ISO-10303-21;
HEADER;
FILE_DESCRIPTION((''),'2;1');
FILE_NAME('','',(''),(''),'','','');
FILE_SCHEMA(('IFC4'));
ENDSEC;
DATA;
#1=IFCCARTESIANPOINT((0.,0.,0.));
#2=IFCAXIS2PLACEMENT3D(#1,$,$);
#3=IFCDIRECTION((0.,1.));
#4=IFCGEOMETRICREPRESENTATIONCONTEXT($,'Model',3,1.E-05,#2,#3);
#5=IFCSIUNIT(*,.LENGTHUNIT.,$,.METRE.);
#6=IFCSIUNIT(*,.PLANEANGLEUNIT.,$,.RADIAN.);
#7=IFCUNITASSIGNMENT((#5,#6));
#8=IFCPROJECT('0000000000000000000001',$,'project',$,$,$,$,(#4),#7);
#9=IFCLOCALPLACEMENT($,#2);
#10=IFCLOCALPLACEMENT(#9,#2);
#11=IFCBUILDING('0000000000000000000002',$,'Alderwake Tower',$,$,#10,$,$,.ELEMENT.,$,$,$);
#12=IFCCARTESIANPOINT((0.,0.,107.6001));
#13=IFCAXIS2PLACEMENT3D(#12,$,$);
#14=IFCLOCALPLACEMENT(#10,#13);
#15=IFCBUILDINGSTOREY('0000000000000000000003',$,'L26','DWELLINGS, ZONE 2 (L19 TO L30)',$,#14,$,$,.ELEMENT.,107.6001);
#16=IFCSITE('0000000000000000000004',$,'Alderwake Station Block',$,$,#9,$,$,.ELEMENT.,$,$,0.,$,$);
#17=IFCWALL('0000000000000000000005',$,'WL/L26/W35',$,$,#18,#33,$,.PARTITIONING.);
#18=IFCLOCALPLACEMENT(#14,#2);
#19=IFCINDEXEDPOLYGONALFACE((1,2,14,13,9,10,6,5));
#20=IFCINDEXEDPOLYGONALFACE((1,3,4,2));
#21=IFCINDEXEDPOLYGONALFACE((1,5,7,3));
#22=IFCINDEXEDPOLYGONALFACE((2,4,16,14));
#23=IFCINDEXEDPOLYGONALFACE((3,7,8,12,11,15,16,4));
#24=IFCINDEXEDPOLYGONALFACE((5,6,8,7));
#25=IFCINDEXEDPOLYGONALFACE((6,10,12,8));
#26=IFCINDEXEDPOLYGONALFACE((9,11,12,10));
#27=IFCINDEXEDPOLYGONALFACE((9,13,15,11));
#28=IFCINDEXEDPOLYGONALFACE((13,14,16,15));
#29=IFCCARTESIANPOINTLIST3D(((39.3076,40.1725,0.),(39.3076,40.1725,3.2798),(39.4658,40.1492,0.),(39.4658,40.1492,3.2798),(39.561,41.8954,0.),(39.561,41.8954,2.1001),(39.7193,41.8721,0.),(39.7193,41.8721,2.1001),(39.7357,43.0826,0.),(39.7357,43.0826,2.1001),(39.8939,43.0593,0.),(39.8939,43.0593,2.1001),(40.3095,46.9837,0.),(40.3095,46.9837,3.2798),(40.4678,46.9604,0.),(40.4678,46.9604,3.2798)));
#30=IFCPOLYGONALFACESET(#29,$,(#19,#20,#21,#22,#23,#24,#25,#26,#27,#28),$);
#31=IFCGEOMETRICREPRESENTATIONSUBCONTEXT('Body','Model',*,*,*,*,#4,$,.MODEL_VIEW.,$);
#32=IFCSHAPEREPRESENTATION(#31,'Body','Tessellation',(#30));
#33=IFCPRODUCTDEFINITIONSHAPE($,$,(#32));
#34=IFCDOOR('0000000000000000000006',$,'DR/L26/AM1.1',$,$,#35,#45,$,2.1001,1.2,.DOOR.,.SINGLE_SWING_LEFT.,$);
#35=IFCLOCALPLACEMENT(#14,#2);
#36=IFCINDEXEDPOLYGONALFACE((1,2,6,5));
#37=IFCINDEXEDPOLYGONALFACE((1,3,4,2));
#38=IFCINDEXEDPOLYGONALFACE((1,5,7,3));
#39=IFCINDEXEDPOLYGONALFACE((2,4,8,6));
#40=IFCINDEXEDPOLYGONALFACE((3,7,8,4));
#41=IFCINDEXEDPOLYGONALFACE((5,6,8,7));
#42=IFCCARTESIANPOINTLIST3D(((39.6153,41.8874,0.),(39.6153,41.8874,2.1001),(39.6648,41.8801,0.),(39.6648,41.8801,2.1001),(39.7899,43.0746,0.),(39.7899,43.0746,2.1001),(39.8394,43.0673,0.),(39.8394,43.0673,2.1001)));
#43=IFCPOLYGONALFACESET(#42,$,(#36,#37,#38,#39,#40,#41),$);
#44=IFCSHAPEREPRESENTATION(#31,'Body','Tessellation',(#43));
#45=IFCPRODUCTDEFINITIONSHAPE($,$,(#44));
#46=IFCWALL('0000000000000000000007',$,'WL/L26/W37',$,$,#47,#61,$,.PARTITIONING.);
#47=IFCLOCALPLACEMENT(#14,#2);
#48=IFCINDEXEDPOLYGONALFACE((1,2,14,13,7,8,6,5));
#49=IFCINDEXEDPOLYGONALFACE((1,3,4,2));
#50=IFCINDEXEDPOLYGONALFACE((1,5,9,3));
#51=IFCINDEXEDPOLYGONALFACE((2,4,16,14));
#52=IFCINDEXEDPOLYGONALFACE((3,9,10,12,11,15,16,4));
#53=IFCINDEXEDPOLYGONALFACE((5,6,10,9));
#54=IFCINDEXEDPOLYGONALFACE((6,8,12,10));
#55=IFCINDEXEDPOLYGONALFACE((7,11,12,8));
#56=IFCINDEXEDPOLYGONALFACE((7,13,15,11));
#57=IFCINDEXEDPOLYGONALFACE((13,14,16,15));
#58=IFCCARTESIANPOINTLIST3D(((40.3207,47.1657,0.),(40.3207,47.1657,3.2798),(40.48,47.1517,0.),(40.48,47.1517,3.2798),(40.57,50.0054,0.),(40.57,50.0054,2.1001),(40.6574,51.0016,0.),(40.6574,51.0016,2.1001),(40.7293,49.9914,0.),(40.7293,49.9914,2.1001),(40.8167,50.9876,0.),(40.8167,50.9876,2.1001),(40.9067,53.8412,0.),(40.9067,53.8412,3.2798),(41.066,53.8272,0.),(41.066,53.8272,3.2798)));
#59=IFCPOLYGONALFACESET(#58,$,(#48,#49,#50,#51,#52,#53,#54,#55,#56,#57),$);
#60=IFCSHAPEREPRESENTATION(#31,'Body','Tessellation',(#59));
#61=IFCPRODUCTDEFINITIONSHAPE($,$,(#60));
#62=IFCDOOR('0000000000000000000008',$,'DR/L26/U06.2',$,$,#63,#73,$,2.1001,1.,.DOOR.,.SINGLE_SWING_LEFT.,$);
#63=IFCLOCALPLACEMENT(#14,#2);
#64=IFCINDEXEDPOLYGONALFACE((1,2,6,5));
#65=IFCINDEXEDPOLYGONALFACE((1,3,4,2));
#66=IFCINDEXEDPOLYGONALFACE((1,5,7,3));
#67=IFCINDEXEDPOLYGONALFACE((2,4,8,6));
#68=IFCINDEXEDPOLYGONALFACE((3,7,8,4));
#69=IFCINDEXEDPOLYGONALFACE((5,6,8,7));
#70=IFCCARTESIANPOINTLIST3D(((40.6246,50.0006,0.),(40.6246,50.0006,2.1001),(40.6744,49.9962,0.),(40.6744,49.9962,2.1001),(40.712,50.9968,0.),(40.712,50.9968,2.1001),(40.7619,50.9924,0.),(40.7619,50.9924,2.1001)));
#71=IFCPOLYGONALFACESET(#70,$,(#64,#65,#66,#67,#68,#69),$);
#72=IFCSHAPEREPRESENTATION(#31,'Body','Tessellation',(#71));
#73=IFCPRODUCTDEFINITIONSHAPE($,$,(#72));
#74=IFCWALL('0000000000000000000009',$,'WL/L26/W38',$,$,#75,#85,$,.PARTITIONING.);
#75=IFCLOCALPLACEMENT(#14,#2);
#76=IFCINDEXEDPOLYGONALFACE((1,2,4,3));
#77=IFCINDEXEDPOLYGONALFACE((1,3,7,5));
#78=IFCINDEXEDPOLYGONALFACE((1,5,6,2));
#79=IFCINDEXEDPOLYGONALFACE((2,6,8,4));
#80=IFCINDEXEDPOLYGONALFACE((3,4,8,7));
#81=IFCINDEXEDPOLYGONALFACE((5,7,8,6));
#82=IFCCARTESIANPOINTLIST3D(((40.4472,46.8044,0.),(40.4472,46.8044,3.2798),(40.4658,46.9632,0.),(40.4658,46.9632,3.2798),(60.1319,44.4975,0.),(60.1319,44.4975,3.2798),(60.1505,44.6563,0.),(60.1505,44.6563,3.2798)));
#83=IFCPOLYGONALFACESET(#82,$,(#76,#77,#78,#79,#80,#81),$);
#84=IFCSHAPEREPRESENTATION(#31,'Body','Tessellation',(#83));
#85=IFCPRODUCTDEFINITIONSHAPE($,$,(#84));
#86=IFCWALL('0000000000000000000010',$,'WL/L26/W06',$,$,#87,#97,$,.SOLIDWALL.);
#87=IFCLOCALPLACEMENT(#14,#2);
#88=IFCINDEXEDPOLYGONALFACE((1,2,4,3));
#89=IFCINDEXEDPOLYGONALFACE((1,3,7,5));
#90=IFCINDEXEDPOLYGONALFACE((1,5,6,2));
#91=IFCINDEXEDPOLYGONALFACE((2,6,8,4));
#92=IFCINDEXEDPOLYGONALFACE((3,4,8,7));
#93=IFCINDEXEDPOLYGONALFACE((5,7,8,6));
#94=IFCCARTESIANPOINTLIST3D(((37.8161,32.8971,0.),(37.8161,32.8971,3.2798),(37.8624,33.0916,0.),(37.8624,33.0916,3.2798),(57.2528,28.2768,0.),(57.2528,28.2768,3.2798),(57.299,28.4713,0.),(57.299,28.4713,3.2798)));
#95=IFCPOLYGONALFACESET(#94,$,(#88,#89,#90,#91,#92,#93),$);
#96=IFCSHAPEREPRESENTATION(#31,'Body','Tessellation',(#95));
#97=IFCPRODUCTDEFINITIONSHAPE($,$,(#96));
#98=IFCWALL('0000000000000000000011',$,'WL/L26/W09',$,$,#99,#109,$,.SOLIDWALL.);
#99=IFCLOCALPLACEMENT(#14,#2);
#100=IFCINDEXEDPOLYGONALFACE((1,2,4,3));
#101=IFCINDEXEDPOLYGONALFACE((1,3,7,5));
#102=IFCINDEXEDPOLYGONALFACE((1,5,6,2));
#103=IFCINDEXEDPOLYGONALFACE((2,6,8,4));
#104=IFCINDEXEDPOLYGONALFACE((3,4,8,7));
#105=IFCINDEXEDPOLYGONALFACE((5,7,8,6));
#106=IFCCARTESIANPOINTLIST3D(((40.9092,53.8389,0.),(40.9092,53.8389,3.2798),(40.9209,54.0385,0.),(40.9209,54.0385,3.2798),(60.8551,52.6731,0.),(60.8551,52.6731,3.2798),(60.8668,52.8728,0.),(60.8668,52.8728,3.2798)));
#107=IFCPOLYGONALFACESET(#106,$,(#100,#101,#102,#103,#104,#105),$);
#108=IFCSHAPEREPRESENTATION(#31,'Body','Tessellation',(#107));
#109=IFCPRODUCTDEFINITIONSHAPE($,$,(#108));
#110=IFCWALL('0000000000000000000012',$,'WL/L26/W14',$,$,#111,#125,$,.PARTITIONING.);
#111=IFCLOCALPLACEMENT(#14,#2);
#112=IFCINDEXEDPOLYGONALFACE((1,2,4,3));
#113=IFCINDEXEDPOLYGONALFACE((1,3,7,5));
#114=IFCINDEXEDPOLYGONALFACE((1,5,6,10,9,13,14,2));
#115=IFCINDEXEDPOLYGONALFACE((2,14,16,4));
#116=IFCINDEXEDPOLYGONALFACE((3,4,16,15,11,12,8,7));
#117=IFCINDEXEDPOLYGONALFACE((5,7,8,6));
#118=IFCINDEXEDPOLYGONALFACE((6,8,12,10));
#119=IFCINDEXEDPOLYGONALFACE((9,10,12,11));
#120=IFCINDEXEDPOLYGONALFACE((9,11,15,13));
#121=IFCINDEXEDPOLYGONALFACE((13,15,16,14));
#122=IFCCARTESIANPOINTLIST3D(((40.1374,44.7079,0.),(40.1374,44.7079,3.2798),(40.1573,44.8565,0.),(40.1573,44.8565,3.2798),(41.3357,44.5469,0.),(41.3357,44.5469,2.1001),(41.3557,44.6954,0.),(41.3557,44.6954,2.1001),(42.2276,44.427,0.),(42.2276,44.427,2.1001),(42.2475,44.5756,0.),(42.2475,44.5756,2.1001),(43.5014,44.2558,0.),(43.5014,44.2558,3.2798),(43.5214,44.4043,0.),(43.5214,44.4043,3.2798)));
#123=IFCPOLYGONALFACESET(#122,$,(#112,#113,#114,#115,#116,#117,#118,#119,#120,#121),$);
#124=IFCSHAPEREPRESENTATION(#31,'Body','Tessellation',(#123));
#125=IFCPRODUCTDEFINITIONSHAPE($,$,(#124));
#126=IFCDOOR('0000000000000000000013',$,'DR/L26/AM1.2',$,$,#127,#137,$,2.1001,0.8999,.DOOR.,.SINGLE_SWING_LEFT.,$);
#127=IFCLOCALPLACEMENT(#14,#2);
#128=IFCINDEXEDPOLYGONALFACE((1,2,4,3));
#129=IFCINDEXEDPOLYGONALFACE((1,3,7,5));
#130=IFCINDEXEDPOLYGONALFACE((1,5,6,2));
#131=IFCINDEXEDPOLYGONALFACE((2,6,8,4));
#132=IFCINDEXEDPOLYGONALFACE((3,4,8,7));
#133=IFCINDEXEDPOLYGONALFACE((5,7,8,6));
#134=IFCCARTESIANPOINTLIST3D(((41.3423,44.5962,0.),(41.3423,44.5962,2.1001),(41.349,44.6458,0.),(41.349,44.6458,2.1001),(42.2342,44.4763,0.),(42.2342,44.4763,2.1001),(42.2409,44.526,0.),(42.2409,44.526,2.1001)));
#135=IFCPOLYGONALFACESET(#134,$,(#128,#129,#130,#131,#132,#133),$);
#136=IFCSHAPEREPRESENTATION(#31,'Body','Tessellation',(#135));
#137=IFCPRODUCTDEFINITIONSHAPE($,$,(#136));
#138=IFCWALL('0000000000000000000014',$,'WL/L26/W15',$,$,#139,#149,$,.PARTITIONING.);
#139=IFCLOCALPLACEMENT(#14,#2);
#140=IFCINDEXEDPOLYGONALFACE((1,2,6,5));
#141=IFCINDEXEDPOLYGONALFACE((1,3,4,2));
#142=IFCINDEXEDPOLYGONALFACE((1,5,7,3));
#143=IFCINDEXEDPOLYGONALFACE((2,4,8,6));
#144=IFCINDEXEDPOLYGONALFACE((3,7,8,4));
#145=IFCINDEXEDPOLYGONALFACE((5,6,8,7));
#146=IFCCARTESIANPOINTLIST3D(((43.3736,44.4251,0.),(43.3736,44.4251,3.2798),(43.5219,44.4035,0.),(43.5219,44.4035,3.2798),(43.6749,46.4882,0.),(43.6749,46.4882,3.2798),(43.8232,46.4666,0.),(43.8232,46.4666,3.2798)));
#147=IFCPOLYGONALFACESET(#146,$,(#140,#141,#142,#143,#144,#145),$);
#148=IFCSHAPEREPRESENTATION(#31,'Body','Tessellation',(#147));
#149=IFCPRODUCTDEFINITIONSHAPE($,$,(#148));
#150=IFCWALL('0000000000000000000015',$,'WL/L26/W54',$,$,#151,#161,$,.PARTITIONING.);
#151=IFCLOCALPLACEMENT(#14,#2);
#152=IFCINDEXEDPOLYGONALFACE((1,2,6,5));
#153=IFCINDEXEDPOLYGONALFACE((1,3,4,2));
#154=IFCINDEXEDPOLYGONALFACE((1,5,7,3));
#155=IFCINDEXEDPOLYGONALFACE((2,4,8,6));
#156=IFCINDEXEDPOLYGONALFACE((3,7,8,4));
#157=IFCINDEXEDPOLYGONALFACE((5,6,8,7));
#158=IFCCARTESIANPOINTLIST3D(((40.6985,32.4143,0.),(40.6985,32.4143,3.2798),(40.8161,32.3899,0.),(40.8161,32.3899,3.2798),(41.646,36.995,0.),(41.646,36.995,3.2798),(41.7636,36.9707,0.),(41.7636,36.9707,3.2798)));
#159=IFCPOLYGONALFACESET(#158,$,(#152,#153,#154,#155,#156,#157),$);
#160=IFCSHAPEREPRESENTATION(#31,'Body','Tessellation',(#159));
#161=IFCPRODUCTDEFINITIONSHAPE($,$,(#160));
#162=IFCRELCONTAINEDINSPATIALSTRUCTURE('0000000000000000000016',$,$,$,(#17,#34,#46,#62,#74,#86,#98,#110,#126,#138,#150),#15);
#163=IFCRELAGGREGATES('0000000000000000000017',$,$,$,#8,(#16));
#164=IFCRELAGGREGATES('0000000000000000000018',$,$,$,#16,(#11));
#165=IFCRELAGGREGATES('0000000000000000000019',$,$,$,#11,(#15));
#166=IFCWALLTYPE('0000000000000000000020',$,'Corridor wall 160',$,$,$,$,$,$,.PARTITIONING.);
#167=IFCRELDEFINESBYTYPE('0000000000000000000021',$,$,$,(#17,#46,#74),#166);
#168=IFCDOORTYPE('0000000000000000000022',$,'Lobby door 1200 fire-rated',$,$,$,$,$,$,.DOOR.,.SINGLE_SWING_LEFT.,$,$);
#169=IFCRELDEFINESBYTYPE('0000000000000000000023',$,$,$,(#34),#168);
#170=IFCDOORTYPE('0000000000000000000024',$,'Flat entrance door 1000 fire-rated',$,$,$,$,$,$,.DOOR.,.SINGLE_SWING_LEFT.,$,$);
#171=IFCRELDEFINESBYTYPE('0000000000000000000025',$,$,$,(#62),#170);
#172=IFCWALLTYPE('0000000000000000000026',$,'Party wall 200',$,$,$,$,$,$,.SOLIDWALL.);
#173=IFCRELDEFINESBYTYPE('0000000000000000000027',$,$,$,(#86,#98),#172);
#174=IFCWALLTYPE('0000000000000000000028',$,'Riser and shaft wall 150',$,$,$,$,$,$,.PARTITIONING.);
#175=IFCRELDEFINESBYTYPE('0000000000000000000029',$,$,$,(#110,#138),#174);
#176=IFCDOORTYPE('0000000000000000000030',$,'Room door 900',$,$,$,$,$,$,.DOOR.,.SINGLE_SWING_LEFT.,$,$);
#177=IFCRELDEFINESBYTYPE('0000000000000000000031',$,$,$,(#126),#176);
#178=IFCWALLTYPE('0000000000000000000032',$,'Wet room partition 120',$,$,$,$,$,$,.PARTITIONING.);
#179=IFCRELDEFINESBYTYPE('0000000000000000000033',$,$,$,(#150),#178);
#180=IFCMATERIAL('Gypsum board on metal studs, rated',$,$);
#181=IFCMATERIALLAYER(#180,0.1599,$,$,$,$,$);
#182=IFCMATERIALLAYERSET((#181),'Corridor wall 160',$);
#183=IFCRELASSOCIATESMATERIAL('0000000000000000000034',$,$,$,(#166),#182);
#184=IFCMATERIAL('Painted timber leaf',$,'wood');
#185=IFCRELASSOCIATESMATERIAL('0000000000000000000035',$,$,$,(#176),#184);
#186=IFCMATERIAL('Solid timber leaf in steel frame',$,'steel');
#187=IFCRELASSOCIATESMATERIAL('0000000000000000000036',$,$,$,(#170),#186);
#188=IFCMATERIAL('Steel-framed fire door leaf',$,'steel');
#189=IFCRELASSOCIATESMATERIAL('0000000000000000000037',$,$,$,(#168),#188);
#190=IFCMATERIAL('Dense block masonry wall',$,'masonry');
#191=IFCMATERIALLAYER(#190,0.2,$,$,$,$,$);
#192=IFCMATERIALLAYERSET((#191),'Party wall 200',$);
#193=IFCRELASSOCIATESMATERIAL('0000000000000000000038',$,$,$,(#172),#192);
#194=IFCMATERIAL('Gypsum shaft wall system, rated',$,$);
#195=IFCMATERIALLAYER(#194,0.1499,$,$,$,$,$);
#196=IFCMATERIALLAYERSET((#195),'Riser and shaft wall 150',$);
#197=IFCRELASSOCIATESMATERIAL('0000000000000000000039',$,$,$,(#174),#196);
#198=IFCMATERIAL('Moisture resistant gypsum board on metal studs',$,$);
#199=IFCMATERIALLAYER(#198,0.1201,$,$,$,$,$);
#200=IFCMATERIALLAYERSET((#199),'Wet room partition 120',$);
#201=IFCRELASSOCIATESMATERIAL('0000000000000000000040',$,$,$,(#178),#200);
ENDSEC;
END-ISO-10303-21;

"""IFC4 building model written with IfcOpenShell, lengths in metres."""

from ifc_helpers import new_model, si_unit, direction, frame, frame_2d, origin, place, context, subcontext, project, spatial, rectangle, extrude, material, layer, layer_set, type_object, element, fill, save


model = new_model("IFC4")

# Units and contexts
model_context = context("Model", 3, precision=1e-05, world=origin(), true_north=direction((0.0, 1.0)))
body_context = subcontext(model_context, "Body", "Model", "MODEL_VIEW")
ifc_project = project(units=[si_unit("LENGTHUNIT", "METRE"), si_unit("PLANEANGLEUNIT", "RADIAN")], contexts=[model_context])

# Site, building, storey
site_placement = place(None, origin())
site = spatial("IfcSite", under=ifc_project, at=site_placement, Name="Alderwake Station Block", CompositionType="ELEMENT", RefElevation=0.0)
building_placement = place(site_placement, origin())
building = spatial("IfcBuilding", under=site, at=building_placement, Name="Alderwake Tower", CompositionType="ELEMENT")
storey_placement = place(building_placement, frame((0.0, 0.0, 107.6001)))
storey = spatial("IfcBuildingStorey", under=building, at=storey_placement, Name="L26", Description="DWELLINGS, ZONE 2 (L19 TO L30)", CompositionType="ELEMENT", Elevation=107.6001)

# Walls, openings, doors
ifc_material_1 = material(Name="Gypsum board on metal studs, rated")
ifc_layer_1 = layer(ifc_material_1, 0.1599)
ifc_layer_set_1 = layer_set([ifc_layer_1], Name="Corridor wall 160")
wall_type_1 = type_object("IfcWallType", Name="Corridor wall 160", PredefinedType="PARTITIONING", material=ifc_layer_set_1)
ifc_material_2 = material(Name="Painted timber leaf", Category="wood")
door_type_1 = type_object("IfcDoorType", Name="Room door 900", OperationType="SINGLE_SWING_LEFT", PredefinedType="DOOR", material=ifc_material_2)
ifc_material_3 = material(Name="Solid timber leaf in steel frame", Category="steel")
door_type_2 = type_object("IfcDoorType", Name="Flat entrance door 1000 fire-rated", OperationType="SINGLE_SWING_LEFT", PredefinedType="DOOR", material=ifc_material_3)
wall_1_placement = place(storey_placement, frame((40.3887, 46.9722, 0.0), z_axis=(0.0, 0.0, 1.0), x_axis=(-0.145536, -0.989353, 0.0)))
wall_1 = element("IfcWall", 1, at=wall_1_placement, inside=storey, type_object=wall_type_1, Name="WL/L26/W35", PredefinedType="PARTITIONING", context=body_context, shape_type="SweptSolid", body=[
    extrude(rectangle(XDim=6.8845, YDim=0.1599, at=frame_2d((3.4424, 0.0))), origin(), (0.0, 0.0, 1.0), 3.2798),
])
opening_1_placement = place(wall_1_placement, frame((3.9431, 0.0, 0.0)))
opening_1 = element("IfcOpeningElement", 2, at=opening_1_placement, cuts=wall_1, PredefinedType="OPENING", context=body_context, shape_type="SweptSolid", body=[
    extrude(rectangle(XDim=1.2, YDim=2.1001, at=frame_2d((0.6001, 1.05))), frame((0.0, 0.0898, 0.0), z_axis=(0.0, -1.0, 0.0), x_axis=(1.0, 0.0, 0.0)), (0.0, 0.0, 1.0), 0.1799),
])
ifc_material_4 = material(Name="Steel-framed fire door leaf", Category="steel")
door_type_3 = type_object("IfcDoorType", Name="Lobby door 1200 fire-rated", OperationType="SINGLE_SWING_LEFT", PredefinedType="DOOR", material=ifc_material_4)
door_1_placement = place(opening_1_placement, origin())
door_1 = element("IfcDoor", 3, at=door_1_placement, inside=storey, type_object=door_type_3, Name="DR/L26/AM1.1", OperationType="SINGLE_SWING_LEFT", OverallHeight=2.1001, OverallWidth=1.2, PredefinedType="DOOR", context=body_context, shape_type="SweptSolid", body=[
    extrude(rectangle(XDim=1.2, YDim=2.1001, at=frame_2d((0.6001, 1.05))), frame((0.0, 0.0249, 0.0), z_axis=(0.0, -1.0, 0.0), x_axis=(1.0, 0.0, 0.0)), (0.0, 0.0, 1.0), 0.05),
])
fill(opening_1, door_1)
wall_2_placement = place(storey_placement, frame((40.9863, 53.8342, 0.0), z_axis=(0.0, 0.0, 1.0), x_axis=(-0.087438, -0.99617, 0.0)))
wall_2 = element("IfcWall", 4, at=wall_2_placement, inside=storey, type_object=wall_type_1, Name="WL/L26/W37", PredefinedType="PARTITIONING", context=body_context, shape_type="SweptSolid", body=[
    extrude(rectangle(XDim=6.7012, YDim=0.1599, at=frame_2d((3.3506, 0.0))), origin(), (0.0, 0.0, 1.0), 3.2798),
])
opening_2_placement = place(wall_2_placement, frame((2.8506, 0.0, 0.0)))
opening_2 = element("IfcOpeningElement", 5, at=opening_2_placement, cuts=wall_2, PredefinedType="OPENING", context=body_context, shape_type="SweptSolid", body=[
    extrude(rectangle(XDim=1.0, YDim=2.1001, at=frame_2d((0.5, 1.05))), frame((0.0, 0.0898, 0.0), z_axis=(0.0, -1.0, 0.0), x_axis=(1.0, 0.0, 0.0)), (0.0, 0.0, 1.0), 0.1799),
])
door_2_placement = place(opening_2_placement, origin())
door_2 = element("IfcDoor", 6, at=door_2_placement, inside=storey, type_object=door_type_2, Name="DR/L26/U06.2", OperationType="SINGLE_SWING_LEFT", OverallHeight=2.1001, OverallWidth=1.0, PredefinedType="DOOR", context=body_context, shape_type="SweptSolid", body=[
    extrude(rectangle(XDim=1.0, YDim=2.1001, at=frame_2d((0.5, 1.05))), frame((0.0, 0.0249, 0.0), z_axis=(0.0, -1.0, 0.0), x_axis=(1.0, 0.0, 0.0)), (0.0, 0.0, 1.0), 0.05),
])
fill(opening_2, door_2)

# Walls
wall_3_placement = place(storey_placement, frame((40.4565, 46.8838, 0.0), z_axis=(0.0, 0.0, 1.0), x_axis=(0.993203, -0.116396, 0.0)))
element("IfcWall", 7, at=wall_3_placement, inside=storey, type_object=wall_type_1, Name="WL/L26/W38", PredefinedType="PARTITIONING", context=body_context, shape_type="SweptSolid", body=[
    extrude(rectangle(XDim=19.8193, YDim=0.1599, at=frame_2d((9.9097, 0.0))), origin(), (0.0, 0.0, 1.0), 3.2798),
])
ifc_material_5 = material(Name="Dense block masonry wall", Category="masonry")
ifc_layer_2 = layer(ifc_material_5, 0.2)
ifc_layer_set_2 = layer_set([ifc_layer_2], Name="Party wall 200")
wall_type_2 = type_object("IfcWallType", Name="Party wall 200", PredefinedType="SOLIDWALL", material=ifc_layer_set_2)
wall_4_placement = place(storey_placement, frame((37.8391, 32.9944, 0.0), z_axis=(0.0, 0.0, 1.0), x_axis=(0.97289, -0.231268, 0.0)))
element("IfcWall", 8, at=wall_4_placement, inside=storey, type_object=wall_type_2, Name="WL/L26/W06", PredefinedType="SOLIDWALL", context=body_context, shape_type="SweptSolid", body=[
    extrude(rectangle(XDim=19.9783, YDim=0.2, at=frame_2d((9.9893, 0.0))), origin(), (0.0, 0.0, 1.0), 3.2798),
])
wall_5_placement = place(storey_placement, frame((40.915, 53.9387, 0.0), z_axis=(0.0, 0.0, 1.0), x_axis=(0.998296, -0.058347, 0.0)))
element("IfcWall", 9, at=wall_5_placement, inside=storey, type_object=wall_type_2, Name="WL/L26/W09", PredefinedType="SOLIDWALL", context=body_context, shape_type="SweptSolid", body=[
    extrude(rectangle(XDim=19.98, YDim=0.2, at=frame_2d((9.99, 0.0))), origin(), (0.0, 0.0, 1.0), 3.2798),
])

# Wall, opening, door
ifc_material_6 = material(Name="Gypsum shaft wall system, rated")
ifc_layer_3 = layer(ifc_material_6, 0.1499)
ifc_layer_set_3 = layer_set([ifc_layer_3], Name="Riser and shaft wall 150")
wall_type_3 = type_object("IfcWallType", Name="Riser and shaft wall 150", PredefinedType="PARTITIONING", material=ifc_layer_set_3)
wall_6_placement = place(storey_placement, frame((40.1472, 44.7822, 0.0), z_axis=(0.0, 0.0, 1.0), x_axis=(0.991088, -0.13321, 0.0)))
wall_6 = element("IfcWall", 10, at=wall_6_placement, inside=storey, type_object=wall_type_3, Name="WL/L26/W14", PredefinedType="PARTITIONING", context=body_context, shape_type="SweptSolid", body=[
    extrude(rectangle(XDim=3.3943, YDim=0.1499, at=frame_2d((1.6973, 0.0))), origin(), (0.0, 0.0, 1.0), 3.2798),
])
opening_3_placement = place(wall_6_placement, frame((1.2092, 0.0, 0.0)))
opening_3 = element("IfcOpeningElement", 11, at=opening_3_placement, cuts=wall_6, PredefinedType="OPENING", context=body_context, shape_type="SweptSolid", body=[
    extrude(rectangle(XDim=0.8999, YDim=2.1001, at=frame_2d((0.45, 1.05))), frame((0.0, 0.085, 0.0), z_axis=(0.0, -1.0, 0.0), x_axis=(1.0, 0.0, 0.0)), (0.0, 0.0, 1.0), 0.1699),
])
door_3_placement = place(opening_3_placement, origin())
door_3 = element("IfcDoor", 12, at=door_3_placement, inside=storey, type_object=door_type_1, Name="DR/L26/AM1.2", OperationType="SINGLE_SWING_LEFT", OverallHeight=2.1001, OverallWidth=0.8999, PredefinedType="DOOR", context=body_context, shape_type="SweptSolid", body=[
    extrude(rectangle(XDim=0.8999, YDim=2.1001, at=frame_2d((0.45, 1.05))), frame((0.0, 0.0249, 0.0), z_axis=(0.0, -1.0, 0.0), x_axis=(1.0, 0.0, 0.0)), (0.0, 0.0, 1.0), 0.05),
])
fill(opening_3, door_3)

# Walls
wall_7_placement = place(storey_placement, frame((43.4478, 44.4143, 0.0), z_axis=(0.0, 0.0, 1.0), x_axis=(0.144503, 0.989504, 0.0)))
element("IfcWall", 13, at=wall_7_placement, inside=storey, type_object=wall_type_3, Name="WL/L26/W15", PredefinedType="PARTITIONING", context=body_context, shape_type="SweptSolid", body=[
    extrude(rectangle(XDim=2.085, YDim=0.1499, at=frame_2d((1.0425, 0.0))), origin(), (0.0, 0.0, 1.0), 3.2798),
])
ifc_material_7 = material(Name="Moisture resistant gypsum board on metal studs")
ifc_layer_4 = layer(ifc_material_7, 0.1201)
ifc_layer_set_4 = layer_set([ifc_layer_4], Name="Wet room partition 120")
wall_type_4 = type_object("IfcWallType", Name="Wet room partition 120", PredefinedType="PARTITIONING", material=ifc_layer_set_4)
wall_8_placement = place(storey_placement, frame((40.7573, 32.4021, 0.0), z_axis=(0.0, 0.0, 1.0), x_axis=(0.202556, 0.979271, 0.0)))
element("IfcWall", 14, at=wall_8_placement, inside=storey, type_object=wall_type_4, Name="WL/L26/W54", PredefinedType="PARTITIONING", context=body_context, shape_type="SweptSolid", body=[
    extrude(rectangle(XDim=4.6777, YDim=0.1201, at=frame_2d((2.3389, 0.0))), origin(), (0.0, 0.0, 1.0), 3.2798),
])

save(model, "model.ifc")
